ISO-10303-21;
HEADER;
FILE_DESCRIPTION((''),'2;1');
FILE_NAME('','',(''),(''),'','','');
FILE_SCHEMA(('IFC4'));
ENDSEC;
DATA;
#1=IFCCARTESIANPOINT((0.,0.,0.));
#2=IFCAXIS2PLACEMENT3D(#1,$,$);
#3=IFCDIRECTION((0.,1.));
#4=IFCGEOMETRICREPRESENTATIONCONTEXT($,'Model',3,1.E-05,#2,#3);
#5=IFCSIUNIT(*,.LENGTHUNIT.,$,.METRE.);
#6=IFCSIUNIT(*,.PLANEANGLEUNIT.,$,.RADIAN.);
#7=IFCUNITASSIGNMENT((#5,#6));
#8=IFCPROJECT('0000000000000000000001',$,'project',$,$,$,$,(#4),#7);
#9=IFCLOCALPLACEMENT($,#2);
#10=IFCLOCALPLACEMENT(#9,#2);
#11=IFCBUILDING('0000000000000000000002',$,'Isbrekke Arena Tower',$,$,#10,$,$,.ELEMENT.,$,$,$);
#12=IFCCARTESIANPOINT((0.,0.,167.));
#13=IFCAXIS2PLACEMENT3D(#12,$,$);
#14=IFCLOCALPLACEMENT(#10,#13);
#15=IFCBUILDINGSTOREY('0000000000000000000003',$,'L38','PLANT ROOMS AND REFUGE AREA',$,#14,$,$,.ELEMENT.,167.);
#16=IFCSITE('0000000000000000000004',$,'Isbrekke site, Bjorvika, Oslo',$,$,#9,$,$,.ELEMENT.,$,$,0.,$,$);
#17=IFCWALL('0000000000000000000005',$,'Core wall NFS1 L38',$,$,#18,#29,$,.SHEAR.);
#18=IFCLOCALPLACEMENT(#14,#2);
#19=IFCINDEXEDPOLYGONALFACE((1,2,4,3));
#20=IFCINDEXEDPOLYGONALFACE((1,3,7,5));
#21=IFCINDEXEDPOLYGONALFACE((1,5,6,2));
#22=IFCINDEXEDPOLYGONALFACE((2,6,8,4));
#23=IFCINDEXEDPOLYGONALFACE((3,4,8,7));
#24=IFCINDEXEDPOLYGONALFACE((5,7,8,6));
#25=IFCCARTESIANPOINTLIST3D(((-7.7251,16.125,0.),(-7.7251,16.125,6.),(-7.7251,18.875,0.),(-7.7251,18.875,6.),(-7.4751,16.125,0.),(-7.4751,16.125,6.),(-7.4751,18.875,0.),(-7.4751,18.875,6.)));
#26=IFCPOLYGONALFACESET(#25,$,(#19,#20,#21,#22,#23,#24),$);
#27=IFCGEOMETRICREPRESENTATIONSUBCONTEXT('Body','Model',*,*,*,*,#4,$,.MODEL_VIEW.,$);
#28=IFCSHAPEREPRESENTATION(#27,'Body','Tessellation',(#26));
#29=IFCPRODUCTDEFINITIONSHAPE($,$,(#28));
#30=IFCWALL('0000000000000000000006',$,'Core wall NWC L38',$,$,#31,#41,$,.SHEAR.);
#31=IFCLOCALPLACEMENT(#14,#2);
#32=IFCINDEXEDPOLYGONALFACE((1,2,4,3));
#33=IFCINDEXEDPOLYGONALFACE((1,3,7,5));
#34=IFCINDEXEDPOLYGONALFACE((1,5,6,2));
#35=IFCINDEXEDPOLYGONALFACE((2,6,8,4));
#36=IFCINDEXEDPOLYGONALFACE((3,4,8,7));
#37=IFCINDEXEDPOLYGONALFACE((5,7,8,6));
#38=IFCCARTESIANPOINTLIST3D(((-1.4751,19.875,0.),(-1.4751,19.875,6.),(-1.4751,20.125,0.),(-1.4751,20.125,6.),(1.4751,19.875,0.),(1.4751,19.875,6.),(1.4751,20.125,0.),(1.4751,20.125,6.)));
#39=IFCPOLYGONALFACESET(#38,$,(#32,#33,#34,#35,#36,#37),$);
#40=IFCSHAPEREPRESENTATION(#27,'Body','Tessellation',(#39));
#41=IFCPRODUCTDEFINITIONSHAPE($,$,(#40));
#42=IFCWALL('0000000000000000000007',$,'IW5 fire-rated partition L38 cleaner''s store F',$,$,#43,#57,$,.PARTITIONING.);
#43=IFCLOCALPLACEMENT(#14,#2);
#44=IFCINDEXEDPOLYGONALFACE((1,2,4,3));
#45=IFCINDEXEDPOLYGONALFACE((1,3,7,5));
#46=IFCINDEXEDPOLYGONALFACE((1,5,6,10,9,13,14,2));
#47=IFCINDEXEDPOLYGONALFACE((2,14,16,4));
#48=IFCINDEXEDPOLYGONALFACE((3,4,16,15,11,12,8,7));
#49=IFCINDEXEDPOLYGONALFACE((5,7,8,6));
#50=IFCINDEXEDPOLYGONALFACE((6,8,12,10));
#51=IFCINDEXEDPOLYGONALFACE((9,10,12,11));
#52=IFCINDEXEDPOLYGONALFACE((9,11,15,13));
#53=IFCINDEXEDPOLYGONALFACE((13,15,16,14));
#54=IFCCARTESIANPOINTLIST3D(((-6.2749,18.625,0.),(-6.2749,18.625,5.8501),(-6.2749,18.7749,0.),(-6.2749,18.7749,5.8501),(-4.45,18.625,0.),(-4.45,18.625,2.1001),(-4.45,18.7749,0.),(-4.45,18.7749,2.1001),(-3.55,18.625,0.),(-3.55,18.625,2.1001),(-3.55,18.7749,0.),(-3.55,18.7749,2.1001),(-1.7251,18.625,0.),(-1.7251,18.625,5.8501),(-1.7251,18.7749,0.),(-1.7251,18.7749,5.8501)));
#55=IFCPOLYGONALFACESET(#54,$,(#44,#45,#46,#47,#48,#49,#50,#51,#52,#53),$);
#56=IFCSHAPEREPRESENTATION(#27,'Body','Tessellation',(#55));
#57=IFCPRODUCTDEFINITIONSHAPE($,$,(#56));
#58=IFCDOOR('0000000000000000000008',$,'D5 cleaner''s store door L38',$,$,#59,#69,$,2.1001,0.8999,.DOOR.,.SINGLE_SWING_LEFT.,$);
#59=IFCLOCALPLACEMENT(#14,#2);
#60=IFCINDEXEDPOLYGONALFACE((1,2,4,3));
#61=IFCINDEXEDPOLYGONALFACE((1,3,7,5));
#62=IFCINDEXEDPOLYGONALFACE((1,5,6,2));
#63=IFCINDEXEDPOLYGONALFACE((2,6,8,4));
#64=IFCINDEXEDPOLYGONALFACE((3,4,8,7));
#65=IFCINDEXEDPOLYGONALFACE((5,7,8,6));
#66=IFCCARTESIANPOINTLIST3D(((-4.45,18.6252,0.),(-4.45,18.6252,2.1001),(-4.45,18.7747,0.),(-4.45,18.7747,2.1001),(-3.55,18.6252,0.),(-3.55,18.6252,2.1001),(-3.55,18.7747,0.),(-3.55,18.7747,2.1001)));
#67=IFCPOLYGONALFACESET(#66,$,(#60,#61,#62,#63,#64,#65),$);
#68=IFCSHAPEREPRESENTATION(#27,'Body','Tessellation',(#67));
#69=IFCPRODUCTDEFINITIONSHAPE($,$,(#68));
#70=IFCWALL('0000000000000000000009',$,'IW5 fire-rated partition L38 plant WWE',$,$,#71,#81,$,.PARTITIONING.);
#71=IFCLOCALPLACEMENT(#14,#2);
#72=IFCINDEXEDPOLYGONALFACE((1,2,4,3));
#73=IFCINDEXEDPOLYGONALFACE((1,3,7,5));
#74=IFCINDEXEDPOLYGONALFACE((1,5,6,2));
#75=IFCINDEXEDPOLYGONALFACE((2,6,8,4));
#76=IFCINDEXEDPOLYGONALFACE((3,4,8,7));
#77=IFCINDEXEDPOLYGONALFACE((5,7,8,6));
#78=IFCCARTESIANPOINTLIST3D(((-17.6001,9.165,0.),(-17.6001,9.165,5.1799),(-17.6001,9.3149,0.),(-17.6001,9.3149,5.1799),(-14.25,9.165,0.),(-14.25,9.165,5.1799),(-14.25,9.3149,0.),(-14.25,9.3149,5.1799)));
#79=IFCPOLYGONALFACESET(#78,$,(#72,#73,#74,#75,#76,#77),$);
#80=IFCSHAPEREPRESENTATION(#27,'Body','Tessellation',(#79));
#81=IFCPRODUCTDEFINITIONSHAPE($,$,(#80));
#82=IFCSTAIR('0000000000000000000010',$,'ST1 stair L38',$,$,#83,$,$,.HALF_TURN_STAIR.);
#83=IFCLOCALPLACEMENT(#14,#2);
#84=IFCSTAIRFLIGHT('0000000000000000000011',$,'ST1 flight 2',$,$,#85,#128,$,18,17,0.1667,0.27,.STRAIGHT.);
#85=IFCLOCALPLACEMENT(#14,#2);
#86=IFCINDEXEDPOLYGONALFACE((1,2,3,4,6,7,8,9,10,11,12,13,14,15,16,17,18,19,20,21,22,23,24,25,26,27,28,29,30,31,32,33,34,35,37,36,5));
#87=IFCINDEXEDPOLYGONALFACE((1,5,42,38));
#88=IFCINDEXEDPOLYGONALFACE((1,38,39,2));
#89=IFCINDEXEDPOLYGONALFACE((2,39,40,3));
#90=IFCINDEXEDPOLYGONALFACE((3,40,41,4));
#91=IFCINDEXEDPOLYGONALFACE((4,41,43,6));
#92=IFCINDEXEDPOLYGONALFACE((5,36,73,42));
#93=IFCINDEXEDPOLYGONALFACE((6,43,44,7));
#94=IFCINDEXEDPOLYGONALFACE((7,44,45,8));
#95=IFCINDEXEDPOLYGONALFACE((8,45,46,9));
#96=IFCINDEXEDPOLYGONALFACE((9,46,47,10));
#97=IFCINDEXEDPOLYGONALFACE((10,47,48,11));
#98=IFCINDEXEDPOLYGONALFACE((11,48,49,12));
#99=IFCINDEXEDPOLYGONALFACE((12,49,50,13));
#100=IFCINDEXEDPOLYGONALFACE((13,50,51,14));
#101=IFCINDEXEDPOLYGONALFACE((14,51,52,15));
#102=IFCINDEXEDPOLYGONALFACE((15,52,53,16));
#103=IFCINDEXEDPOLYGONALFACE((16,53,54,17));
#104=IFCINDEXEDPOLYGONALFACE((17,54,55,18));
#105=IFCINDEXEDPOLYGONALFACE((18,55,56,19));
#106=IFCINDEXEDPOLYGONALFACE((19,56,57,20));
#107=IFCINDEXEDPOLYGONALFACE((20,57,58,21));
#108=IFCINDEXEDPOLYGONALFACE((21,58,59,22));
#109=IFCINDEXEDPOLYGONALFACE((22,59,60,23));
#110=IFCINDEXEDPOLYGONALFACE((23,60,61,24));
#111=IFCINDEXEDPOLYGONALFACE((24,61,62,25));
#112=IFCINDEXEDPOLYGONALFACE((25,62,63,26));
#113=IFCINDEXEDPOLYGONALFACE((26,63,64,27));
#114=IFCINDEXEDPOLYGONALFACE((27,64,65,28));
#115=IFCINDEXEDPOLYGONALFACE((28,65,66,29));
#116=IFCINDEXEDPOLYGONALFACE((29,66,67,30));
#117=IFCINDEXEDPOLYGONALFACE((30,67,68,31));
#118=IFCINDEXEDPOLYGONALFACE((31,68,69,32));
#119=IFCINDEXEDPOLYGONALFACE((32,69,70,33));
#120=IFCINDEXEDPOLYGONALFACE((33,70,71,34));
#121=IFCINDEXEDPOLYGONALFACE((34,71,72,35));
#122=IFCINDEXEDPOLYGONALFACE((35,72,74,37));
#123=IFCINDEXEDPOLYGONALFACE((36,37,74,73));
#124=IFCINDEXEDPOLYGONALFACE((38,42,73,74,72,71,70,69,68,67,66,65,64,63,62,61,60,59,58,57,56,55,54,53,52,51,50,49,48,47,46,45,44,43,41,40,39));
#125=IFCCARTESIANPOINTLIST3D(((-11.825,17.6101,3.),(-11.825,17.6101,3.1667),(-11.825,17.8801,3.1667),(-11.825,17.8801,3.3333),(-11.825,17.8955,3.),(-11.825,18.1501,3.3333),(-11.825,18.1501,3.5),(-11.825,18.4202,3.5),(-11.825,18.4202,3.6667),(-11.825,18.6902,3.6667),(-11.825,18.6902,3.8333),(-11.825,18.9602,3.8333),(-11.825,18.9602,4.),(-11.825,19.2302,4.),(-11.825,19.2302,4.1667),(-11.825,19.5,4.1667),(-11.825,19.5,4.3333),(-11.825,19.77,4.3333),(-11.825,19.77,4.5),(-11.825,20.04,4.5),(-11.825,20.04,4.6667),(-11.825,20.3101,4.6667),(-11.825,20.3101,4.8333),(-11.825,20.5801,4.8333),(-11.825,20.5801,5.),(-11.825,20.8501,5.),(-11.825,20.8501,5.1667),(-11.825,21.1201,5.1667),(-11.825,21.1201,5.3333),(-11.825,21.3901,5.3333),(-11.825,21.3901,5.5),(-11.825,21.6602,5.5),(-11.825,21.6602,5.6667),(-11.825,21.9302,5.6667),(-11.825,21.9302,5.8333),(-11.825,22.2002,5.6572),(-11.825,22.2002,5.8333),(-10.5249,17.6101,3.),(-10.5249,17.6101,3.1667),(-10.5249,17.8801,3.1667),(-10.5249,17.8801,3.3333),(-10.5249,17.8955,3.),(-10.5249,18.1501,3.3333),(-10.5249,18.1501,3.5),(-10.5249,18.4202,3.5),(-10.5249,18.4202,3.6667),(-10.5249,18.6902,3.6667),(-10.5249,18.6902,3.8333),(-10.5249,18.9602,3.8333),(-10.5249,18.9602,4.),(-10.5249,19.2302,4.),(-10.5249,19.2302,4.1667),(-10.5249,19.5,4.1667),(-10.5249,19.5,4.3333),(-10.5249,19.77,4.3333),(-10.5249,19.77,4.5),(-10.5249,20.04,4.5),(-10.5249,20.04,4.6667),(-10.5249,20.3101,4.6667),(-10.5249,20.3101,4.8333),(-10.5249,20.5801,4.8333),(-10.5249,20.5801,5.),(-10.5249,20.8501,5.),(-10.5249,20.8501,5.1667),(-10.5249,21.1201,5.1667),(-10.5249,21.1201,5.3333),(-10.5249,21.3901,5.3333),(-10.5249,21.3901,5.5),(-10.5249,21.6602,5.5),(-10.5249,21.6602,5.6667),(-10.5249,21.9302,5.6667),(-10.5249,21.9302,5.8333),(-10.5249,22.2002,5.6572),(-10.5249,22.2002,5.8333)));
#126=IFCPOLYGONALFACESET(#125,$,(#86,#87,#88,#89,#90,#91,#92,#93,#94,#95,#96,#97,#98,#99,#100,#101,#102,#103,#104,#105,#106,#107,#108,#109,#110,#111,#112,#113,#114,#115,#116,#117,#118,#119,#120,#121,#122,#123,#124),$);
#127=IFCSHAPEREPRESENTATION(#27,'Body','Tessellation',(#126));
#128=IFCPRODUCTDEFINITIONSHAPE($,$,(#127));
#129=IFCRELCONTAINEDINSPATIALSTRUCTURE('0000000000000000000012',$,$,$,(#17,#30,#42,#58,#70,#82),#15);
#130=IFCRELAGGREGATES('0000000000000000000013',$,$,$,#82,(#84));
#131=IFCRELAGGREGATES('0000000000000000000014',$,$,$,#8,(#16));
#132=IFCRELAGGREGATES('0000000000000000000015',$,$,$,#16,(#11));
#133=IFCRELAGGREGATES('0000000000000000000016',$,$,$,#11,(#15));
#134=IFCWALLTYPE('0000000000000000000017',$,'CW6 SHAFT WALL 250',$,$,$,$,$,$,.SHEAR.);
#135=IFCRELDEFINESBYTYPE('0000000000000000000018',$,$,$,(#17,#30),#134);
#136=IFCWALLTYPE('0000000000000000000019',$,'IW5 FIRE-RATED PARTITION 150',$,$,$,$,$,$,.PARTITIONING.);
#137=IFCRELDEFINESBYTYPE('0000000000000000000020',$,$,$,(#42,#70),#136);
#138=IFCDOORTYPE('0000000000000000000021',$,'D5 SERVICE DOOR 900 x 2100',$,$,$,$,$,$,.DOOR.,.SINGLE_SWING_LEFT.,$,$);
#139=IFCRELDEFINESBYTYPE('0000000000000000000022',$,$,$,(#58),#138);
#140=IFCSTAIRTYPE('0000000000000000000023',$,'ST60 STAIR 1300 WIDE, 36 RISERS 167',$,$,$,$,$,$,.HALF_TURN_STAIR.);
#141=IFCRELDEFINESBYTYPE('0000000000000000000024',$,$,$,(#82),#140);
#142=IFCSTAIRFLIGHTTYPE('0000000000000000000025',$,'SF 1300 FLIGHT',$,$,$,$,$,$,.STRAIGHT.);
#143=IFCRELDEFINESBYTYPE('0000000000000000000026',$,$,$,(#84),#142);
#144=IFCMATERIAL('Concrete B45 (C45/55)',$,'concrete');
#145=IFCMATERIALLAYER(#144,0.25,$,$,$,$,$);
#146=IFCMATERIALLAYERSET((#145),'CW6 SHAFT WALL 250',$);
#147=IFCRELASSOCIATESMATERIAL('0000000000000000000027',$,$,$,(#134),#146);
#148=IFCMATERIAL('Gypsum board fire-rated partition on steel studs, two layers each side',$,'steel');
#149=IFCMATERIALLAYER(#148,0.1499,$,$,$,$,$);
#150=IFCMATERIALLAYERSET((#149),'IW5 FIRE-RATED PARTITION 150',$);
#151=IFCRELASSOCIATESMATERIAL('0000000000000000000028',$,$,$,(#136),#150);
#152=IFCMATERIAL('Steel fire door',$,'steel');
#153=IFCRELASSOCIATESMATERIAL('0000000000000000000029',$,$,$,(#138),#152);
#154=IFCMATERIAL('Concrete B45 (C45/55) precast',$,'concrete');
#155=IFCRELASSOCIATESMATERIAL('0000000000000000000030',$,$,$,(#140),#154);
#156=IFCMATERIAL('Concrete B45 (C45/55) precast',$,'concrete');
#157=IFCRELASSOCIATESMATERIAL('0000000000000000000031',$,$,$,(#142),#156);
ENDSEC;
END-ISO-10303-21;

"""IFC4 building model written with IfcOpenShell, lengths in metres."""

from ifc_helpers import new_model, si_unit, direction, frame, frame_2d, origin, place, context, subcontext, project, spatial, polyline, rectangle, outline, extrude, material, layer, layer_set, type_object, element, fill, aggregate, save


model = new_model("IFC4")

# Units and contexts
model_context = context("Model", 3, precision=1e-05, world=origin(), true_north=direction((0.0, 1.0)))
body_context = subcontext(model_context, "Body", "Model", "MODEL_VIEW")
ifc_project = project(units=[si_unit("LENGTHUNIT", "METRE"), si_unit("PLANEANGLEUNIT", "RADIAN")], contexts=[model_context])

# Site, building, storey
site_placement = place(None, origin())
site = spatial("IfcSite", under=ifc_project, at=site_placement, Name="Isbrekke site, Bjorvika, Oslo", CompositionType="ELEMENT", RefElevation=0.0)
building_placement = place(site_placement, origin())
building = spatial("IfcBuilding", under=site, at=building_placement, Name="Isbrekke Arena Tower", CompositionType="ELEMENT")
storey_placement = place(building_placement, frame((0.0, 0.0, 167.0)))
storey = spatial("IfcBuildingStorey", under=building, at=storey_placement, Name="L38", Description="PLANT ROOMS AND REFUGE AREA", CompositionType="ELEMENT", Elevation=167.0)

# Shared definitions
ifc_material_1 = material(Name="Concrete B45 (C45/55)", Category="concrete")
ifc_layer_1 = layer(ifc_material_1, 0.25)
ifc_layer_set_1 = layer_set([ifc_layer_1], Name="CW6 SHAFT WALL 250")
wall_type_1 = type_object("IfcWallType", Name="CW6 SHAFT WALL 250", PredefinedType="SHEAR", material=ifc_layer_set_1)

# Walls
wall_1_placement = place(storey_placement, frame((-7.6001, 16.125, 0.0), z_axis=(0.0, 0.0, 1.0), x_axis=(0.0, 1.0, 0.0)))
element("IfcWall", 1, at=wall_1_placement, inside=storey, type_object=wall_type_1, Name="Core wall NFS1 L38", PredefinedType="SHEAR", context=body_context, shape_type="SweptSolid", body=[
    extrude(rectangle(XDim=2.75, YDim=0.25, at=frame_2d((1.375, 0.0))), origin(), (0.0, 0.0, 1.0), 6.0),
])
wall_2_placement = place(storey_placement, frame((-1.4751, 20.0, 0.0), z_axis=(0.0, 0.0, 1.0), x_axis=(1.0, 0.0, 0.0)))
element("IfcWall", 2, at=wall_2_placement, inside=storey, type_object=wall_type_1, Name="Core wall NWC L38", PredefinedType="SHEAR", context=body_context, shape_type="SweptSolid", body=[
    extrude(rectangle(XDim=2.9502, YDim=0.25, at=frame_2d((1.4751, 0.0))), origin(), (0.0, 0.0, 1.0), 6.0),
])

# Wall, opening, door
ifc_material_2 = material(Name="Gypsum board fire-rated partition on steel studs, two layers each side", Category="steel")
ifc_layer_2 = layer(ifc_material_2, 0.1499)
ifc_layer_set_2 = layer_set([ifc_layer_2], Name="IW5 FIRE-RATED PARTITION 150")
wall_type_2 = type_object("IfcWallType", Name="IW5 FIRE-RATED PARTITION 150", PredefinedType="PARTITIONING", material=ifc_layer_set_2)
wall_3_placement = place(storey_placement, frame((-6.2749, 18.7, 0.0), z_axis=(0.0, 0.0, 1.0), x_axis=(1.0, 0.0, 0.0)))
wall_3 = element("IfcWall", 3, at=wall_3_placement, inside=storey, type_object=wall_type_2, Name="IW5 fire-rated partition L38 cleaner's store F", PredefinedType="PARTITIONING", context=body_context, shape_type="SweptSolid", body=[
    extrude(rectangle(XDim=4.5498, YDim=0.1499, at=frame_2d((2.2749, 0.0))), origin(), (0.0, 0.0, 1.0), 5.8501),
])
opening_1_placement = place(wall_3_placement, frame((1.825, 0.0, 0.0)))
opening_1 = element("IfcOpeningElement", 4, at=opening_1_placement, cuts=wall_3, PredefinedType="OPENING", context=body_context, shape_type="SweptSolid", body=[
    extrude(rectangle(XDim=0.8999, YDim=2.1001, at=frame_2d((0.45, 1.05))), frame((0.0, 0.0898, 0.0), z_axis=(0.0, -1.0, 0.0), x_axis=(1.0, 0.0, 0.0)), (0.0, 0.0, 1.0), 0.1797),
])
ifc_material_3 = material(Name="Steel fire door", Category="steel")
door_type_1 = type_object("IfcDoorType", Name="D5 SERVICE DOOR 900 x 2100", OperationType="SINGLE_SWING_LEFT", PredefinedType="DOOR", material=ifc_material_3)
door_1_placement = place(opening_1_placement, origin())
door_1 = element("IfcDoor", 5, at=door_1_placement, inside=storey, type_object=door_type_1, Name="D5 cleaner's store door L38", OperationType="SINGLE_SWING_LEFT", OverallHeight=2.1001, OverallWidth=0.8999, PredefinedType="DOOR", context=body_context, shape_type="SweptSolid", body=[
    extrude(rectangle(XDim=0.8999, YDim=2.1001, at=frame_2d((0.45, 1.05))), frame((0.0, 0.0747, 0.0), z_axis=(0.0, -1.0, 0.0), x_axis=(1.0, 0.0, 0.0)), (0.0, 0.0, 1.0), 0.1494),
])
fill(opening_1, door_1)

# Wall
wall_4_placement = place(storey_placement, frame((-14.25, 9.24, 0.0), z_axis=(0.0, 0.0, 1.0), x_axis=(-1.0, 0.0, 0.0)))
element("IfcWall", 6, at=wall_4_placement, inside=storey, type_object=wall_type_2, Name="IW5 fire-rated partition L38 plant WWE", PredefinedType="PARTITIONING", context=body_context, shape_type="SweptSolid", body=[
    extrude(rectangle(XDim=3.3501, YDim=0.1499, at=frame_2d((1.675, 0.0))), origin(), (0.0, 0.0, 1.0), 5.1799),
])

# Stair, stair flight
ifc_material_4 = material(Name="Concrete B45 (C45/55) precast", Category="concrete")
stair_type = type_object("IfcStairType", Name="ST60 STAIR 1300 WIDE, 36 RISERS 167", PredefinedType="HALF_TURN_STAIR", material=ifc_material_4)
stair_placement = place(storey_placement, origin())
stair = element("IfcStair", 7, at=stair_placement, inside=storey, type_object=stair_type, Name="ST1 stair L38", PredefinedType="HALF_TURN_STAIR")
ifc_material_5 = material(Name="Concrete B45 (C45/55) precast", Category="concrete")
stair_flight_type = type_object("IfcStairFlightType", Name="SF 1300 FLIGHT", PredefinedType="STRAIGHT", material=ifc_material_5)
stair_flight_placement = place(storey_placement, frame((-11.175, 17.6101, 3.0), z_axis=(0.0, 0.0, 1.0), x_axis=(0.0, 1.0, 0.0)))
stair_flight = element("IfcStairFlight", 8, at=stair_flight_placement, type_object=stair_flight_type, Name="ST1 flight 2", NumberOfRisers=18, NumberOfTreads=17, PredefinedType="STRAIGHT", RiserHeight=0.1667, TreadLength=0.27, context=body_context, shape_type="SweptSolid", body=[
    extrude(outline(polyline([(0.0, 0.0), (0.0, 0.1667), (0.27, 0.1667), (0.27, 0.3333), (0.54, 0.3333), (0.54, 0.5), (0.8101, 0.5), (0.8101, 0.6667), (1.0801, 0.6667), (1.0801, 0.8333), (1.3501, 0.8333), (1.3501, 1.0), (1.6201, 1.0), (1.6201, 1.1667), (1.8899, 1.1667), (1.8899, 1.3333), (2.1599, 1.3333), (2.1599, 1.5), (2.4299, 1.5), (2.4299, 1.6667), (2.7, 1.6667), (2.7, 1.8333), (2.97, 1.8333), (2.97, 2.0), (3.24, 2.0), (3.24, 2.1667), (3.51, 2.1667), (3.51, 2.3333), (3.78, 2.3333), (3.78, 2.5), (4.05, 2.5), (4.05, 2.6667), (4.3201, 2.6667), (4.3201, 2.8333), (4.5901, 2.8333), (4.5901, 3.0), (4.5901, 2.6572), (0.2854, 0.0), (0.0, 0.0)])), frame((0.0, 0.6499, 0.0), z_axis=(0.0, -1.0, 0.0), x_axis=(1.0, 0.0, 0.0)), (0.0, 0.0, 1.0), 1.3),
])
aggregate(stair, [stair_flight])

save(model, "model.ifc")
